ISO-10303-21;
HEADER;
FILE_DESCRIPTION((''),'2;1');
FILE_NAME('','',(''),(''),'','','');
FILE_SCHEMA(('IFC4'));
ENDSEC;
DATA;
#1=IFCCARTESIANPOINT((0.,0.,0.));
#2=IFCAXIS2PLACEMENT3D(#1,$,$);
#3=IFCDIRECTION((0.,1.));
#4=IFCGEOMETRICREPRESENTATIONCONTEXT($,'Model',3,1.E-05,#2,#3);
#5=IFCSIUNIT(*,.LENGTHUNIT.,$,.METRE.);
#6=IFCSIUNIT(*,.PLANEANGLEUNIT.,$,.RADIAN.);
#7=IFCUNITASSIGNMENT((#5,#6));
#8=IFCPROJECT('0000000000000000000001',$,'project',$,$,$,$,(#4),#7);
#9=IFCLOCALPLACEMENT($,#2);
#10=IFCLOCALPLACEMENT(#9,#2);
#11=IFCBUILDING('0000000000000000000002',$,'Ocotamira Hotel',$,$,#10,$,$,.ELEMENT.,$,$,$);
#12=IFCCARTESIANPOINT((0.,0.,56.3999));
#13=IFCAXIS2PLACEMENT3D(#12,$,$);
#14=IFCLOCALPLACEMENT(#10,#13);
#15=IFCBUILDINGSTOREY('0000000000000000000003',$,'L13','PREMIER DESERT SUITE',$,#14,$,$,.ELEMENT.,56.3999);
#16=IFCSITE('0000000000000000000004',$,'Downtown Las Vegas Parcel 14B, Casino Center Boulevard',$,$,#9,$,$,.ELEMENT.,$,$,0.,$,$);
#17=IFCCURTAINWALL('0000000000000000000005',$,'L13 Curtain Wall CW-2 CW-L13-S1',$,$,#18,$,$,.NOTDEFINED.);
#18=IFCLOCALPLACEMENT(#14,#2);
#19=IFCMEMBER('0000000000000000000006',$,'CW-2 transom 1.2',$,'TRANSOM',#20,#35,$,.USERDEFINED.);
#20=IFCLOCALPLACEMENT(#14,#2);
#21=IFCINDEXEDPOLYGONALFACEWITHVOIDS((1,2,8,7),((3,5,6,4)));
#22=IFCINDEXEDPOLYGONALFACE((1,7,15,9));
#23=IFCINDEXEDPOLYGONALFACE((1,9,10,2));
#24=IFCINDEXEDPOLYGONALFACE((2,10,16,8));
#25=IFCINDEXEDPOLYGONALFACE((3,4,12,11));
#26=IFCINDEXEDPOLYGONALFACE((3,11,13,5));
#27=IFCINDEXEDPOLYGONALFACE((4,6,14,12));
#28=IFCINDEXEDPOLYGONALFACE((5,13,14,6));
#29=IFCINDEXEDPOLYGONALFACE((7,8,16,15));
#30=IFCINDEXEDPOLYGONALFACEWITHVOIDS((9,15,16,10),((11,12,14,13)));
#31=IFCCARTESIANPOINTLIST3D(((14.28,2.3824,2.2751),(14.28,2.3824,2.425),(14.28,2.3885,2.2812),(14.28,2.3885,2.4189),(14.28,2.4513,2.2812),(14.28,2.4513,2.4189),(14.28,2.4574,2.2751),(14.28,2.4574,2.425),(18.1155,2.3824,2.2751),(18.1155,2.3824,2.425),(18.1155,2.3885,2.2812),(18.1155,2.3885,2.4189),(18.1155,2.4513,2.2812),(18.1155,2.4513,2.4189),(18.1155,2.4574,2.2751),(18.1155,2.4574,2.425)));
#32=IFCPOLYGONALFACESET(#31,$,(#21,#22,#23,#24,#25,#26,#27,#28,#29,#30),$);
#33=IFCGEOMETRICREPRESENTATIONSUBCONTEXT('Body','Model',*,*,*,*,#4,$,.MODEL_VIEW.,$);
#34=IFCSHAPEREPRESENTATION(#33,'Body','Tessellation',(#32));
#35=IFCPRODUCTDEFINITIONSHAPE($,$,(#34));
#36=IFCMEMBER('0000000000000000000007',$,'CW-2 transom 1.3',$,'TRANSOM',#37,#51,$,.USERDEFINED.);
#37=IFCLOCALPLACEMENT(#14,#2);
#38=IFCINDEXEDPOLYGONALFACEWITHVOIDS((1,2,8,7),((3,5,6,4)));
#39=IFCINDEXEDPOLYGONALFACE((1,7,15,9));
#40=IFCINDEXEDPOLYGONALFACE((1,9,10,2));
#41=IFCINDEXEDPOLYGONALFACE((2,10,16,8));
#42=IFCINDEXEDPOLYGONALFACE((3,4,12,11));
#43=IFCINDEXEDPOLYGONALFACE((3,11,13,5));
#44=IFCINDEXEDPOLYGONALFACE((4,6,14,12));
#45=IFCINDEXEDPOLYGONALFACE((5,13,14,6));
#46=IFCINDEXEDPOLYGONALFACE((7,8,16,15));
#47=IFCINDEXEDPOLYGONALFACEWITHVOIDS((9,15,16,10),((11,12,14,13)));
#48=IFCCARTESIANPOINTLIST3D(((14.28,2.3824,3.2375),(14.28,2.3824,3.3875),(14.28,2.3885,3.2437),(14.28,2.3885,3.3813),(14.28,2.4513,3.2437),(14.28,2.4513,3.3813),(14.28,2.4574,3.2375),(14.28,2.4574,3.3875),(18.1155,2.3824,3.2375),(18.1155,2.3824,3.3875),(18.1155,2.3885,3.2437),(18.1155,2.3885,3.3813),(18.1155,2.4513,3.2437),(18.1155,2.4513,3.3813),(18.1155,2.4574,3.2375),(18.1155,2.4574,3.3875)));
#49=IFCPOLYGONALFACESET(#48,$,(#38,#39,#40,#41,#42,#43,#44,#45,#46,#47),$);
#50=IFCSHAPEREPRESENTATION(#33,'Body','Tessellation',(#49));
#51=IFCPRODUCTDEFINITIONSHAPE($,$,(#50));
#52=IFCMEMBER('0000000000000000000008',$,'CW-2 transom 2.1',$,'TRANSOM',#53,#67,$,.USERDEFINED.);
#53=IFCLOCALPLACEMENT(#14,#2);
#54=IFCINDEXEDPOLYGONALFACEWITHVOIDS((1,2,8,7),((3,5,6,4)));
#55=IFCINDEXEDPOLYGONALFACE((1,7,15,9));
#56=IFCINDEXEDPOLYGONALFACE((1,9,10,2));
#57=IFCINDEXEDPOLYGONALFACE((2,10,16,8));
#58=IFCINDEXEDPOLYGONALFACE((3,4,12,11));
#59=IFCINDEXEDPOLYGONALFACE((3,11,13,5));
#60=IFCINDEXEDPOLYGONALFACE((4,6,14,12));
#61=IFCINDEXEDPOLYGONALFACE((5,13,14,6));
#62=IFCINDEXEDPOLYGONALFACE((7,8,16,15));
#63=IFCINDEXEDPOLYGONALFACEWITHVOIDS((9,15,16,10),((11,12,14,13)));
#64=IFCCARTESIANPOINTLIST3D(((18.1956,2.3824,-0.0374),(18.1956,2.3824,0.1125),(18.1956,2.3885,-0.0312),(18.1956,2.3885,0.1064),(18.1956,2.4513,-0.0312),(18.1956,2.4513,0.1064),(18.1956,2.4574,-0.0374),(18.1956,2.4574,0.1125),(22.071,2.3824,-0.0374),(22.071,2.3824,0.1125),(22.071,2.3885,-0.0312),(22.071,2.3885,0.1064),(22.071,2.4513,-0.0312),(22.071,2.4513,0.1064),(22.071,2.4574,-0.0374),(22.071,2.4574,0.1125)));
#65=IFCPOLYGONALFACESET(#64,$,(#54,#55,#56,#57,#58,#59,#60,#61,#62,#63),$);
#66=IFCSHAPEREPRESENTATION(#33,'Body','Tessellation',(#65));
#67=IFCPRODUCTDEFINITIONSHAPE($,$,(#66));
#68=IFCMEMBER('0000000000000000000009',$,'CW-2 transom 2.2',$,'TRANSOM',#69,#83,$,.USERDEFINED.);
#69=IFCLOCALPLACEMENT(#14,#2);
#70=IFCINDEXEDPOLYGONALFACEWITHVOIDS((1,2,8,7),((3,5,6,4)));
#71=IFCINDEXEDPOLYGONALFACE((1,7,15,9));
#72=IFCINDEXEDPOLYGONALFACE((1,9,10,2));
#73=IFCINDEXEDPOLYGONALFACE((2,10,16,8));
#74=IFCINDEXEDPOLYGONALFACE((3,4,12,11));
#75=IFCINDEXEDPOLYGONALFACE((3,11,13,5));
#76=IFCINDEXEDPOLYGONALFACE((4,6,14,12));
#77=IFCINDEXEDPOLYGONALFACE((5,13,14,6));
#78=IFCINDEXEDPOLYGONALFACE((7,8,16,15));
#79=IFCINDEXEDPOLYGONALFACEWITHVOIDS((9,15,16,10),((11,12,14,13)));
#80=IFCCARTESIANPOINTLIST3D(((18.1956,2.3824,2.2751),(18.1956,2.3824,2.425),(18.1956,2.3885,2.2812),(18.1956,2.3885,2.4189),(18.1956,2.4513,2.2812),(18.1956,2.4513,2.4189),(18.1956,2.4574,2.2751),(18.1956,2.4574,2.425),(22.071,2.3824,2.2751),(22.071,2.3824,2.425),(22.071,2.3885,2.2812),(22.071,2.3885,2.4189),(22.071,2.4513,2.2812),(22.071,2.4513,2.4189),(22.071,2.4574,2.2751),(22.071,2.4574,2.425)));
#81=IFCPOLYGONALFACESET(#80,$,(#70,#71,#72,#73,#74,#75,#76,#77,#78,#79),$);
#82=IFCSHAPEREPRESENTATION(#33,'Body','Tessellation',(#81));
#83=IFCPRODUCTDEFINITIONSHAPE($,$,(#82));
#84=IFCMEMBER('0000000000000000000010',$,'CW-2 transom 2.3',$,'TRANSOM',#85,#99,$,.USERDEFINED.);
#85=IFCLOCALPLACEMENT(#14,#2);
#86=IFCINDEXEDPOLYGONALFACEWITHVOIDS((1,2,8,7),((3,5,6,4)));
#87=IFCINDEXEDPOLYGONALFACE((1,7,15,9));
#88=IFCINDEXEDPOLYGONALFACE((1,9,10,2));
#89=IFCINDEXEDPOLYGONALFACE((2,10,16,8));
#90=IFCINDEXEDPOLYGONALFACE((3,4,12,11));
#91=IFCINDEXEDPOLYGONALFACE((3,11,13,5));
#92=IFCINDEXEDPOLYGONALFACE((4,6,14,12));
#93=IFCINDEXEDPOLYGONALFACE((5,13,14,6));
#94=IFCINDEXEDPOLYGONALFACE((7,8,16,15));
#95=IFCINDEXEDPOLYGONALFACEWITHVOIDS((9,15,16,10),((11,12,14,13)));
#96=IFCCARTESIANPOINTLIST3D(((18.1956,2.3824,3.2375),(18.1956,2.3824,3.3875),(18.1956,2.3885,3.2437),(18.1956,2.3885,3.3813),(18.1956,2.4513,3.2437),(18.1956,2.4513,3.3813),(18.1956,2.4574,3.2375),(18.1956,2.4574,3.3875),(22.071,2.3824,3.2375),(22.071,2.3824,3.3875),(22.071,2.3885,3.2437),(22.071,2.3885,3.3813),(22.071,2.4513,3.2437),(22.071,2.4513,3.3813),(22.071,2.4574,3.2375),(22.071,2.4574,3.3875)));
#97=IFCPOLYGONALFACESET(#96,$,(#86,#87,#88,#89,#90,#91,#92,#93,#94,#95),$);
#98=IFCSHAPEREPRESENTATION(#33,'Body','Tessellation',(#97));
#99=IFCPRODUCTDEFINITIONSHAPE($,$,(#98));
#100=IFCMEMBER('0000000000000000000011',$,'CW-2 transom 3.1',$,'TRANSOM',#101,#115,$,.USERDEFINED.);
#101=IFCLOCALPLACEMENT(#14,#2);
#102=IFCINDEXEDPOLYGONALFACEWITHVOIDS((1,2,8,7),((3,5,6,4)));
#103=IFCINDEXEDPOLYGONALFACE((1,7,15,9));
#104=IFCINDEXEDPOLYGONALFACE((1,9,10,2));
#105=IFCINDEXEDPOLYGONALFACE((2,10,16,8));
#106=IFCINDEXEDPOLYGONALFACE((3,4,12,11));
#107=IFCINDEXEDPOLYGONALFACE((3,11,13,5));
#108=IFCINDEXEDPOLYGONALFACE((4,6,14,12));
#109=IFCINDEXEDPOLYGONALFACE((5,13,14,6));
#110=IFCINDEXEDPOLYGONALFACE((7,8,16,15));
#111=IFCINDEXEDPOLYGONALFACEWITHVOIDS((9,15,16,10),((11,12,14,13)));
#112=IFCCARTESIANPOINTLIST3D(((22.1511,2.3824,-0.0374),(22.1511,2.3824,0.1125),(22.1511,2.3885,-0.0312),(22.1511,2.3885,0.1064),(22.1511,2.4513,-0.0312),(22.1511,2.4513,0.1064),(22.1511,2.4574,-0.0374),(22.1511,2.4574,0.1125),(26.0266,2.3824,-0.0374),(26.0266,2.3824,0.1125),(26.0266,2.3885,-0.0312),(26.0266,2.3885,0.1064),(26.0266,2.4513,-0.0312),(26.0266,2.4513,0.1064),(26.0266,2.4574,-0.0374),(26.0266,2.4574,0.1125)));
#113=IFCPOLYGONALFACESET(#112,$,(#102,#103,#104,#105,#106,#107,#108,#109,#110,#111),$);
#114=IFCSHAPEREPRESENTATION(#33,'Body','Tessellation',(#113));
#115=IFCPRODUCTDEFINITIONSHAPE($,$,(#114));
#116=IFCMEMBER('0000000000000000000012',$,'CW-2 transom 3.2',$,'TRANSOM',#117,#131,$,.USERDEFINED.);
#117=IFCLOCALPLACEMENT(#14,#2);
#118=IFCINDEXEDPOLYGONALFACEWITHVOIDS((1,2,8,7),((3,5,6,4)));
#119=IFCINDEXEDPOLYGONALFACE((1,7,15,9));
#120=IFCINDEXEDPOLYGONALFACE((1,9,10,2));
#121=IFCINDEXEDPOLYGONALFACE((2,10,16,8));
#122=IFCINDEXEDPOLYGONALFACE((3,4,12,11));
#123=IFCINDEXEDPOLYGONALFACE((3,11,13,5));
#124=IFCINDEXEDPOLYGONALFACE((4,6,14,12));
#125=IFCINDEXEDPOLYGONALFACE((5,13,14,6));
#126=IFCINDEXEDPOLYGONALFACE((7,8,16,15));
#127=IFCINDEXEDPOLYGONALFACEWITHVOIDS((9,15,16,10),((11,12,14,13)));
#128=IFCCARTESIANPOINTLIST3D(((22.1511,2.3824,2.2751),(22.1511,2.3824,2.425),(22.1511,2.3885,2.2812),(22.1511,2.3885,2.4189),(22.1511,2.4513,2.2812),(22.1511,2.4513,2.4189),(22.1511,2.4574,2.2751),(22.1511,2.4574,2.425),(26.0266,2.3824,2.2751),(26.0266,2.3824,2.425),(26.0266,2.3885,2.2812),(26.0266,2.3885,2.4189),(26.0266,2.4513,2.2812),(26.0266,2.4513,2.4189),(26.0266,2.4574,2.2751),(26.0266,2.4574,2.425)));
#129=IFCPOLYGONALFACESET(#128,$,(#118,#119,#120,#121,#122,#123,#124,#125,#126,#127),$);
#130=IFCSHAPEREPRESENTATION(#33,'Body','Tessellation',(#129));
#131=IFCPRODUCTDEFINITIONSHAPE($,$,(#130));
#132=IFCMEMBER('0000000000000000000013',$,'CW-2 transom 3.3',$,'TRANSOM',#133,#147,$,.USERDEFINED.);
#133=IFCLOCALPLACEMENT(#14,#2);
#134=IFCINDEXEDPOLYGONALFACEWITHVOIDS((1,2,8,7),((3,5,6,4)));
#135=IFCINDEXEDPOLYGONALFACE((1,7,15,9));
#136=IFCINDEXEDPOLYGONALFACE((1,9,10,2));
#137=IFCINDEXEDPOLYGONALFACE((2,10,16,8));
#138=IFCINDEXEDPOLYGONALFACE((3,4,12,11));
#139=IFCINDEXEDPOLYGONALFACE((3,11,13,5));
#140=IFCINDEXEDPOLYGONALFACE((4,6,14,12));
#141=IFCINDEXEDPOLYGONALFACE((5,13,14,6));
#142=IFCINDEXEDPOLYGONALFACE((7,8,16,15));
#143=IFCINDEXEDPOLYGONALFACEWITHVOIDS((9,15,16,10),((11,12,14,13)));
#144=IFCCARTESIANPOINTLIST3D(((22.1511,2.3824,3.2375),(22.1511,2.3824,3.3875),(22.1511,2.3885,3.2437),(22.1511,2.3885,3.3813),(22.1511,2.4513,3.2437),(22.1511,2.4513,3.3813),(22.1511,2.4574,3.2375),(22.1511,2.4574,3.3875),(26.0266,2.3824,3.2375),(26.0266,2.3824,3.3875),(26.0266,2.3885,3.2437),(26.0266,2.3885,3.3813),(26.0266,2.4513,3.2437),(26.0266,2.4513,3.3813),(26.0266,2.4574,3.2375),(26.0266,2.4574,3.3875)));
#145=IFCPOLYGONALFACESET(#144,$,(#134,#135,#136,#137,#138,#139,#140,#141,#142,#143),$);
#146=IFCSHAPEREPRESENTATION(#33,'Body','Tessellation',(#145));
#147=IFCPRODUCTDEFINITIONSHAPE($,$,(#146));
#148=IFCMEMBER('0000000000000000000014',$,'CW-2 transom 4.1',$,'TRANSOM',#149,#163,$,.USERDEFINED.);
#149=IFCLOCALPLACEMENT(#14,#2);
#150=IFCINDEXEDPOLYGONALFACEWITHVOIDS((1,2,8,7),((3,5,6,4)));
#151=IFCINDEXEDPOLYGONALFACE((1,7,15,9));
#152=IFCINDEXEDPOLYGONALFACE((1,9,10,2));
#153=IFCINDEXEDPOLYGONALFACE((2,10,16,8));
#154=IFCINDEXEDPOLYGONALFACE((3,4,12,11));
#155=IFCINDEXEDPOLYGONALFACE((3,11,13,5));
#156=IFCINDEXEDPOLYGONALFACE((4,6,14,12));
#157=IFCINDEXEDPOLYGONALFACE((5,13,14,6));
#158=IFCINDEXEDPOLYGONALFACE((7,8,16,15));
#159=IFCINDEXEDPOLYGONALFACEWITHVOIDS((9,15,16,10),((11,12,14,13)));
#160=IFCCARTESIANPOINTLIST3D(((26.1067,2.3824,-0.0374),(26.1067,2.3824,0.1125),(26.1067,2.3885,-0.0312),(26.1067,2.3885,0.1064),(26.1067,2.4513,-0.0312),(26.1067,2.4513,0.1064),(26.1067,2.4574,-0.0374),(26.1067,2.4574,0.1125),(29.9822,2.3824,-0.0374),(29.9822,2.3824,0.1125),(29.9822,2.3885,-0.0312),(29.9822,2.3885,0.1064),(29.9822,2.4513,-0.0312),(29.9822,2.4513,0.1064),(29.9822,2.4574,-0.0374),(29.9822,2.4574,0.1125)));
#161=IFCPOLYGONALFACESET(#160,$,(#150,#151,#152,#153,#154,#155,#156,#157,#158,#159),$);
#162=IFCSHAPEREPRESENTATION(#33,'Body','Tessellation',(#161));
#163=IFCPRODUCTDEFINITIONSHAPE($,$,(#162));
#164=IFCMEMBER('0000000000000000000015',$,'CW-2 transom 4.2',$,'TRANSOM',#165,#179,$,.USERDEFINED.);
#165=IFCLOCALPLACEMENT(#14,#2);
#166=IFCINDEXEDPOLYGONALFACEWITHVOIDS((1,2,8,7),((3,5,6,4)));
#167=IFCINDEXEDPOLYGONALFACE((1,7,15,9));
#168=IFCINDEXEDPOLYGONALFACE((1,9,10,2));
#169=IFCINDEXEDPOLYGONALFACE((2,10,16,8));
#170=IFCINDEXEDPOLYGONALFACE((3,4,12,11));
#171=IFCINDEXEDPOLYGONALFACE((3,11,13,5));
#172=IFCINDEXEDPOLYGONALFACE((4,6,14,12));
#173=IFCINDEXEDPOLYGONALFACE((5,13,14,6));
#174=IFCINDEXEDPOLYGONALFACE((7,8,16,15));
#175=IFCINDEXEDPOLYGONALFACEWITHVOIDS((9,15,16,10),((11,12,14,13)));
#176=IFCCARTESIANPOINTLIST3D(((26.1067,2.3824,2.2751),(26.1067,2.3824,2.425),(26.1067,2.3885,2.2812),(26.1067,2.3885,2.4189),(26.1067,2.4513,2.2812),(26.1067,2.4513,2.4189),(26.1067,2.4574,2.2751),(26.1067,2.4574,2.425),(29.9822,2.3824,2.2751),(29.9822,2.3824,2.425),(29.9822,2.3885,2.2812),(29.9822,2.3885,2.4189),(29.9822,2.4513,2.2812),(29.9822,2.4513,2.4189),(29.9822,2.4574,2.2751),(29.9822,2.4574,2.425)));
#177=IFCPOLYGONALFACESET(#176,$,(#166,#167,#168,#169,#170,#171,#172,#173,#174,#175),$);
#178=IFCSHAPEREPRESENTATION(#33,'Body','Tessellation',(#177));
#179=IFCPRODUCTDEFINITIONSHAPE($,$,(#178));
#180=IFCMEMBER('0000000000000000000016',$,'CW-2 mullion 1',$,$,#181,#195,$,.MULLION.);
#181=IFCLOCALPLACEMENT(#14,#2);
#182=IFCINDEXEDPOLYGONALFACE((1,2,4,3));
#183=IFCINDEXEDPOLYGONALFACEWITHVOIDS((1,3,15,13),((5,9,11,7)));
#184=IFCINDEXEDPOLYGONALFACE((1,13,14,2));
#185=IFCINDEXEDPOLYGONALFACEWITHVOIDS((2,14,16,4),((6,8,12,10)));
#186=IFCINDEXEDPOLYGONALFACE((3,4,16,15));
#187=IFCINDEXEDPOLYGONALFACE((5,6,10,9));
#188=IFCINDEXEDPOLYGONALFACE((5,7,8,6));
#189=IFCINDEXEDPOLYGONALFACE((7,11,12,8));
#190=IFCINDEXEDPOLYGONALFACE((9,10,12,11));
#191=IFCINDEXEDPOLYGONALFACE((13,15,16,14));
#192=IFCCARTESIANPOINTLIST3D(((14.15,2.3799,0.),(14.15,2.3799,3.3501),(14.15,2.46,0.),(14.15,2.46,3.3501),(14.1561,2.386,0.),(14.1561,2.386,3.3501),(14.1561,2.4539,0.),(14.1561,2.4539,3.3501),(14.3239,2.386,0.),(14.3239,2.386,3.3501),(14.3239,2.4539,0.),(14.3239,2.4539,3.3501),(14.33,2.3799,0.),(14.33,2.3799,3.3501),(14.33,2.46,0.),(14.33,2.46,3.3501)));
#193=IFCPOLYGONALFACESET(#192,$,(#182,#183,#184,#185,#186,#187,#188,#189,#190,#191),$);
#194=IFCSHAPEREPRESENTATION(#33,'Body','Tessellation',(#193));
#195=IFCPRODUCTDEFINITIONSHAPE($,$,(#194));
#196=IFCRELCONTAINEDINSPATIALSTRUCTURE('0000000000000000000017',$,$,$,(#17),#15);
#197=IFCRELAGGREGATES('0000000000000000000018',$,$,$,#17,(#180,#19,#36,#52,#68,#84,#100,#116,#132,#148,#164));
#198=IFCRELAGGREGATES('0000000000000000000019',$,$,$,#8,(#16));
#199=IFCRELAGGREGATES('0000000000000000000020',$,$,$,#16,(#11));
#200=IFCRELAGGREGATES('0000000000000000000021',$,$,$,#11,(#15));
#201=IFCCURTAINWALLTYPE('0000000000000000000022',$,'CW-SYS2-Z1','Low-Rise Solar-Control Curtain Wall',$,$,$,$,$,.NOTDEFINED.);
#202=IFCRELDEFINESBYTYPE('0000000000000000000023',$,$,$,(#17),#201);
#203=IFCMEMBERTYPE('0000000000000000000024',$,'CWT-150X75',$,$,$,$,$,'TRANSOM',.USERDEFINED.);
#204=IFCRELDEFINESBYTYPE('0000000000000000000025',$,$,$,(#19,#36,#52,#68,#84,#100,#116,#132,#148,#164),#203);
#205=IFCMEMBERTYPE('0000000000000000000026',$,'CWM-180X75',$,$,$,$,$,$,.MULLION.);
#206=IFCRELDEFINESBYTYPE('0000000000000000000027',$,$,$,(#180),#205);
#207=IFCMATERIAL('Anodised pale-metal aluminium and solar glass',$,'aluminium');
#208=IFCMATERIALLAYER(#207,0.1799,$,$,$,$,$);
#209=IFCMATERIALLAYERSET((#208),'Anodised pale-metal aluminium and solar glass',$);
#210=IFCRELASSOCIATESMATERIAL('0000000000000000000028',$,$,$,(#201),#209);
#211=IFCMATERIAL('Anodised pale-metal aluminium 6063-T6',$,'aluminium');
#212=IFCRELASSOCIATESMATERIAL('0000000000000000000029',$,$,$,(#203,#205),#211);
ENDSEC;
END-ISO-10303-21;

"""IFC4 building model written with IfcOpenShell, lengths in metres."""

from ifc_helpers import new_model, si_unit, direction, frame, origin, origin_2d, place, context, subcontext, project, spatial, hollow_rectangle, extrude, source, transform, mapped, material, layer, layer_set, material_profile, profile_set, type_object, element, aggregate, save


model = new_model("IFC4")

# Units and contexts
model_context = context("Model", 3, precision=1e-05, world=origin(), true_north=direction((0.0, 1.0)))
body_context = subcontext(model_context, "Body", "Model", "MODEL_VIEW")
ifc_project = project(units=[si_unit("LENGTHUNIT", "METRE"), si_unit("PLANEANGLEUNIT", "RADIAN")], contexts=[model_context])

# Site, building, storey
site_placement = place(None, origin())
site = spatial("IfcSite", under=ifc_project, at=site_placement, Name="Downtown Las Vegas Parcel 14B, Casino Center Boulevard", CompositionType="ELEMENT", RefElevation=0.0)
building_placement = place(site_placement, origin())
building = spatial("IfcBuilding", under=site, at=building_placement, Name="Ocotamira Hotel", CompositionType="ELEMENT")
storey_placement = place(building_placement, frame((0.0, 0.0, 56.3999)))
storey = spatial("IfcBuildingStorey", under=building, at=storey_placement, Name="L13", Description="PREMIER DESERT SUITE", CompositionType="ELEMENT", Elevation=56.3999)

# Curtain wall, members
ifc_material_1 = material(Name="Anodised pale-metal aluminium and solar glass", Category="aluminium")
ifc_layer_1 = layer(ifc_material_1, 0.1799)
ifc_layer_set_1 = layer_set([ifc_layer_1], Name="Anodised pale-metal aluminium and solar glass")
curtain_wall_type = type_object("IfcCurtainWallType", Name="CW-SYS2-Z1", Description="Low-Rise Solar-Control Curtain Wall", PredefinedType="NOTDEFINED", material=ifc_layer_set_1)
curtain_wall_placement = place(storey_placement, origin())
curtain_wall = element("IfcCurtainWall", 1, at=curtain_wall_placement, inside=storey, type_object=curtain_wall_type, Name="L13 Curtain Wall CW-2 CW-L13-S1", PredefinedType="NOTDEFINED")
ifc_material_2 = material(Name="Anodised pale-metal aluminium 6063-T6", Category="aluminium")
ifc_material_profile_1 = material_profile(ifc_material_2, hollow_rectangle(XDim=0.075, YDim=0.1499, WallThickness=0.0061, at=origin_2d()), Name="HSS150X75X6")
ifc_profile_set_1 = profile_set([ifc_material_profile_1], Name="Anodised pale-metal aluminium 6063-T6")
member_type_1 = type_object("IfcMemberType", Name="CWT-150X75", ElementType="TRANSOM", PredefinedType="USERDEFINED", material=ifc_profile_set_1)
shared_shape_1 = source(origin(), body_context, "Body", "SweptSolid", [
    extrude(hollow_rectangle(XDim=0.075, YDim=0.1499, WallThickness=0.0061, at=origin_2d()), origin(), (0.0, 0.0, 1.0), 3.8354),
])
member_1_placement = place(storey_placement, frame((14.28, 2.4199, 2.3501), z_axis=(1.0, 0.0, 0.0), x_axis=(0.0, 1.0, 0.0)))
member_1 = element("IfcMember", 2, at=member_1_placement, type_object=member_type_1, Name="CW-2 transom 1.2", ObjectType="TRANSOM", PredefinedType="USERDEFINED", context=body_context, shape_type="MappedRepresentation", body=[
    mapped(shared_shape_1, transform((0.0, 0.0, 0.0), scale=1.0)),
])
member_2_placement = place(storey_placement, frame((14.28, 2.4199, 3.3125), z_axis=(1.0, 0.0, 0.0), x_axis=(0.0, 1.0, 0.0)))
member_2 = element("IfcMember", 3, at=member_2_placement, type_object=member_type_1, Name="CW-2 transom 1.3", ObjectType="TRANSOM", PredefinedType="USERDEFINED", context=body_context, shape_type="MappedRepresentation", body=[
    mapped(shared_shape_1, transform((0.0, 0.0, 0.0), scale=1.0)),
])
shared_shape_2 = source(origin(), body_context, "Body", "SweptSolid", [
    extrude(hollow_rectangle(XDim=0.075, YDim=0.1499, WallThickness=0.0061, at=origin_2d()), origin(), (0.0, 0.0, 1.0), 3.8755),
])
member_3_placement = place(storey_placement, frame((18.1956, 2.4199, 0.0376), z_axis=(1.0, 0.0, 0.0), x_axis=(0.0, 1.0, 0.0)))
member_3 = element("IfcMember", 4, at=member_3_placement, type_object=member_type_1, Name="CW-2 transom 2.1", ObjectType="TRANSOM", PredefinedType="USERDEFINED", context=body_context, shape_type="MappedRepresentation", body=[
    mapped(shared_shape_2, transform((0.0, 0.0, 0.0), scale=1.0)),
])
member_4_placement = place(storey_placement, frame((18.1956, 2.4199, 2.3501), z_axis=(1.0, 0.0, 0.0), x_axis=(0.0, 1.0, 0.0)))
member_4 = element("IfcMember", 5, at=member_4_placement, type_object=member_type_1, Name="CW-2 transom 2.2", ObjectType="TRANSOM", PredefinedType="USERDEFINED", context=body_context, shape_type="MappedRepresentation", body=[
    mapped(shared_shape_2, transform((0.0, 0.0, 0.0), scale=1.0)),
])
member_5_placement = place(storey_placement, frame((18.1956, 2.4199, 3.3125), z_axis=(1.0, 0.0, 0.0), x_axis=(0.0, 1.0, 0.0)))
member_5 = element("IfcMember", 6, at=member_5_placement, type_object=member_type_1, Name="CW-2 transom 2.3", ObjectType="TRANSOM", PredefinedType="USERDEFINED", context=body_context, shape_type="MappedRepresentation", body=[
    mapped(shared_shape_2, transform((0.0, 0.0, 0.0), scale=1.0)),
])
member_6_placement = place(storey_placement, frame((22.1511, 2.4199, 0.0376), z_axis=(1.0, 0.0, 0.0), x_axis=(0.0, 1.0, 0.0)))
member_6 = element("IfcMember", 7, at=member_6_placement, type_object=member_type_1, Name="CW-2 transom 3.1", ObjectType="TRANSOM", PredefinedType="USERDEFINED", context=body_context, shape_type="MappedRepresentation", body=[
    mapped(shared_shape_2, transform((0.0, 0.0, 0.0), scale=1.0)),
])
member_7_placement = place(storey_placement, frame((22.1511, 2.4199, 2.3501), z_axis=(1.0, 0.0, 0.0), x_axis=(0.0, 1.0, 0.0)))
member_7 = element("IfcMember", 8, at=member_7_placement, type_object=member_type_1, Name="CW-2 transom 3.2", ObjectType="TRANSOM", PredefinedType="USERDEFINED", context=body_context, shape_type="MappedRepresentation", body=[
    mapped(shared_shape_2, transform((0.0, 0.0, 0.0), scale=1.0)),
])
member_8_placement = place(storey_placement, frame((22.1511, 2.4199, 3.3125), z_axis=(1.0, 0.0, 0.0), x_axis=(0.0, 1.0, 0.0)))
member_8 = element("IfcMember", 9, at=member_8_placement, type_object=member_type_1, Name="CW-2 transom 3.3", ObjectType="TRANSOM", PredefinedType="USERDEFINED", context=body_context, shape_type="MappedRepresentation", body=[
    mapped(shared_shape_2, transform((0.0, 0.0, 0.0), scale=1.0)),
])
member_9_placement = place(storey_placement, frame((26.1067, 2.4199, 0.0376), z_axis=(1.0, 0.0, 0.0), x_axis=(0.0, 1.0, 0.0)))
member_9 = element("IfcMember", 10, at=member_9_placement, type_object=member_type_1, Name="CW-2 transom 4.1", ObjectType="TRANSOM", PredefinedType="USERDEFINED", context=body_context, shape_type="MappedRepresentation", body=[
    mapped(shared_shape_2, transform((0.0, 0.0, 0.0), scale=1.0)),
])
member_10_placement = place(storey_placement, frame((26.1067, 2.4199, 2.3501), z_axis=(1.0, 0.0, 0.0), x_axis=(0.0, 1.0, 0.0)))
member_10 = element("IfcMember", 11, at=member_10_placement, type_object=member_type_1, Name="CW-2 transom 4.2", ObjectType="TRANSOM", PredefinedType="USERDEFINED", context=body_context, shape_type="MappedRepresentation", body=[
    mapped(shared_shape_2, transform((0.0, 0.0, 0.0), scale=1.0)),
])
ifc_material_profile_2 = material_profile(ifc_material_2, hollow_rectangle(XDim=0.0801, YDim=0.1799, WallThickness=0.0061, at=origin_2d()), Name="HSS180X80X6")
ifc_profile_set_2 = profile_set([ifc_material_profile_2], Name="Anodised pale-metal aluminium 6063-T6")
member_type_2 = type_object("IfcMemberType", Name="CWM-180X75", PredefinedType="MULLION", material=ifc_profile_set_2)
shared_shape_3 = source(origin(), body_context, "Body", "SweptSolid", [
    extrude(hollow_rectangle(XDim=0.0801, YDim=0.1799, WallThickness=0.0061, at=origin_2d()), origin(), (0.0, 0.0, 1.0), 3.3501),
])
member_11_placement = place(storey_placement, frame((14.24, 2.4199, 0.0), z_axis=(0.0, 0.0, 1.0), x_axis=(0.0, 1.0, 0.0)))
member_11 = element("IfcMember", 12, at=member_11_placement, type_object=member_type_2, Name="CW-2 mullion 1", PredefinedType="MULLION", context=body_context, shape_type="MappedRepresentation", body=[
    mapped(shared_shape_3, transform((0.0, 0.0, 0.0), scale=1.0)),
])

aggregate(curtain_wall, [member_11, member_1, member_2, member_3, member_4, member_5, member_6, member_7, member_8, member_9, member_10])

save(model, "model.ifc")
